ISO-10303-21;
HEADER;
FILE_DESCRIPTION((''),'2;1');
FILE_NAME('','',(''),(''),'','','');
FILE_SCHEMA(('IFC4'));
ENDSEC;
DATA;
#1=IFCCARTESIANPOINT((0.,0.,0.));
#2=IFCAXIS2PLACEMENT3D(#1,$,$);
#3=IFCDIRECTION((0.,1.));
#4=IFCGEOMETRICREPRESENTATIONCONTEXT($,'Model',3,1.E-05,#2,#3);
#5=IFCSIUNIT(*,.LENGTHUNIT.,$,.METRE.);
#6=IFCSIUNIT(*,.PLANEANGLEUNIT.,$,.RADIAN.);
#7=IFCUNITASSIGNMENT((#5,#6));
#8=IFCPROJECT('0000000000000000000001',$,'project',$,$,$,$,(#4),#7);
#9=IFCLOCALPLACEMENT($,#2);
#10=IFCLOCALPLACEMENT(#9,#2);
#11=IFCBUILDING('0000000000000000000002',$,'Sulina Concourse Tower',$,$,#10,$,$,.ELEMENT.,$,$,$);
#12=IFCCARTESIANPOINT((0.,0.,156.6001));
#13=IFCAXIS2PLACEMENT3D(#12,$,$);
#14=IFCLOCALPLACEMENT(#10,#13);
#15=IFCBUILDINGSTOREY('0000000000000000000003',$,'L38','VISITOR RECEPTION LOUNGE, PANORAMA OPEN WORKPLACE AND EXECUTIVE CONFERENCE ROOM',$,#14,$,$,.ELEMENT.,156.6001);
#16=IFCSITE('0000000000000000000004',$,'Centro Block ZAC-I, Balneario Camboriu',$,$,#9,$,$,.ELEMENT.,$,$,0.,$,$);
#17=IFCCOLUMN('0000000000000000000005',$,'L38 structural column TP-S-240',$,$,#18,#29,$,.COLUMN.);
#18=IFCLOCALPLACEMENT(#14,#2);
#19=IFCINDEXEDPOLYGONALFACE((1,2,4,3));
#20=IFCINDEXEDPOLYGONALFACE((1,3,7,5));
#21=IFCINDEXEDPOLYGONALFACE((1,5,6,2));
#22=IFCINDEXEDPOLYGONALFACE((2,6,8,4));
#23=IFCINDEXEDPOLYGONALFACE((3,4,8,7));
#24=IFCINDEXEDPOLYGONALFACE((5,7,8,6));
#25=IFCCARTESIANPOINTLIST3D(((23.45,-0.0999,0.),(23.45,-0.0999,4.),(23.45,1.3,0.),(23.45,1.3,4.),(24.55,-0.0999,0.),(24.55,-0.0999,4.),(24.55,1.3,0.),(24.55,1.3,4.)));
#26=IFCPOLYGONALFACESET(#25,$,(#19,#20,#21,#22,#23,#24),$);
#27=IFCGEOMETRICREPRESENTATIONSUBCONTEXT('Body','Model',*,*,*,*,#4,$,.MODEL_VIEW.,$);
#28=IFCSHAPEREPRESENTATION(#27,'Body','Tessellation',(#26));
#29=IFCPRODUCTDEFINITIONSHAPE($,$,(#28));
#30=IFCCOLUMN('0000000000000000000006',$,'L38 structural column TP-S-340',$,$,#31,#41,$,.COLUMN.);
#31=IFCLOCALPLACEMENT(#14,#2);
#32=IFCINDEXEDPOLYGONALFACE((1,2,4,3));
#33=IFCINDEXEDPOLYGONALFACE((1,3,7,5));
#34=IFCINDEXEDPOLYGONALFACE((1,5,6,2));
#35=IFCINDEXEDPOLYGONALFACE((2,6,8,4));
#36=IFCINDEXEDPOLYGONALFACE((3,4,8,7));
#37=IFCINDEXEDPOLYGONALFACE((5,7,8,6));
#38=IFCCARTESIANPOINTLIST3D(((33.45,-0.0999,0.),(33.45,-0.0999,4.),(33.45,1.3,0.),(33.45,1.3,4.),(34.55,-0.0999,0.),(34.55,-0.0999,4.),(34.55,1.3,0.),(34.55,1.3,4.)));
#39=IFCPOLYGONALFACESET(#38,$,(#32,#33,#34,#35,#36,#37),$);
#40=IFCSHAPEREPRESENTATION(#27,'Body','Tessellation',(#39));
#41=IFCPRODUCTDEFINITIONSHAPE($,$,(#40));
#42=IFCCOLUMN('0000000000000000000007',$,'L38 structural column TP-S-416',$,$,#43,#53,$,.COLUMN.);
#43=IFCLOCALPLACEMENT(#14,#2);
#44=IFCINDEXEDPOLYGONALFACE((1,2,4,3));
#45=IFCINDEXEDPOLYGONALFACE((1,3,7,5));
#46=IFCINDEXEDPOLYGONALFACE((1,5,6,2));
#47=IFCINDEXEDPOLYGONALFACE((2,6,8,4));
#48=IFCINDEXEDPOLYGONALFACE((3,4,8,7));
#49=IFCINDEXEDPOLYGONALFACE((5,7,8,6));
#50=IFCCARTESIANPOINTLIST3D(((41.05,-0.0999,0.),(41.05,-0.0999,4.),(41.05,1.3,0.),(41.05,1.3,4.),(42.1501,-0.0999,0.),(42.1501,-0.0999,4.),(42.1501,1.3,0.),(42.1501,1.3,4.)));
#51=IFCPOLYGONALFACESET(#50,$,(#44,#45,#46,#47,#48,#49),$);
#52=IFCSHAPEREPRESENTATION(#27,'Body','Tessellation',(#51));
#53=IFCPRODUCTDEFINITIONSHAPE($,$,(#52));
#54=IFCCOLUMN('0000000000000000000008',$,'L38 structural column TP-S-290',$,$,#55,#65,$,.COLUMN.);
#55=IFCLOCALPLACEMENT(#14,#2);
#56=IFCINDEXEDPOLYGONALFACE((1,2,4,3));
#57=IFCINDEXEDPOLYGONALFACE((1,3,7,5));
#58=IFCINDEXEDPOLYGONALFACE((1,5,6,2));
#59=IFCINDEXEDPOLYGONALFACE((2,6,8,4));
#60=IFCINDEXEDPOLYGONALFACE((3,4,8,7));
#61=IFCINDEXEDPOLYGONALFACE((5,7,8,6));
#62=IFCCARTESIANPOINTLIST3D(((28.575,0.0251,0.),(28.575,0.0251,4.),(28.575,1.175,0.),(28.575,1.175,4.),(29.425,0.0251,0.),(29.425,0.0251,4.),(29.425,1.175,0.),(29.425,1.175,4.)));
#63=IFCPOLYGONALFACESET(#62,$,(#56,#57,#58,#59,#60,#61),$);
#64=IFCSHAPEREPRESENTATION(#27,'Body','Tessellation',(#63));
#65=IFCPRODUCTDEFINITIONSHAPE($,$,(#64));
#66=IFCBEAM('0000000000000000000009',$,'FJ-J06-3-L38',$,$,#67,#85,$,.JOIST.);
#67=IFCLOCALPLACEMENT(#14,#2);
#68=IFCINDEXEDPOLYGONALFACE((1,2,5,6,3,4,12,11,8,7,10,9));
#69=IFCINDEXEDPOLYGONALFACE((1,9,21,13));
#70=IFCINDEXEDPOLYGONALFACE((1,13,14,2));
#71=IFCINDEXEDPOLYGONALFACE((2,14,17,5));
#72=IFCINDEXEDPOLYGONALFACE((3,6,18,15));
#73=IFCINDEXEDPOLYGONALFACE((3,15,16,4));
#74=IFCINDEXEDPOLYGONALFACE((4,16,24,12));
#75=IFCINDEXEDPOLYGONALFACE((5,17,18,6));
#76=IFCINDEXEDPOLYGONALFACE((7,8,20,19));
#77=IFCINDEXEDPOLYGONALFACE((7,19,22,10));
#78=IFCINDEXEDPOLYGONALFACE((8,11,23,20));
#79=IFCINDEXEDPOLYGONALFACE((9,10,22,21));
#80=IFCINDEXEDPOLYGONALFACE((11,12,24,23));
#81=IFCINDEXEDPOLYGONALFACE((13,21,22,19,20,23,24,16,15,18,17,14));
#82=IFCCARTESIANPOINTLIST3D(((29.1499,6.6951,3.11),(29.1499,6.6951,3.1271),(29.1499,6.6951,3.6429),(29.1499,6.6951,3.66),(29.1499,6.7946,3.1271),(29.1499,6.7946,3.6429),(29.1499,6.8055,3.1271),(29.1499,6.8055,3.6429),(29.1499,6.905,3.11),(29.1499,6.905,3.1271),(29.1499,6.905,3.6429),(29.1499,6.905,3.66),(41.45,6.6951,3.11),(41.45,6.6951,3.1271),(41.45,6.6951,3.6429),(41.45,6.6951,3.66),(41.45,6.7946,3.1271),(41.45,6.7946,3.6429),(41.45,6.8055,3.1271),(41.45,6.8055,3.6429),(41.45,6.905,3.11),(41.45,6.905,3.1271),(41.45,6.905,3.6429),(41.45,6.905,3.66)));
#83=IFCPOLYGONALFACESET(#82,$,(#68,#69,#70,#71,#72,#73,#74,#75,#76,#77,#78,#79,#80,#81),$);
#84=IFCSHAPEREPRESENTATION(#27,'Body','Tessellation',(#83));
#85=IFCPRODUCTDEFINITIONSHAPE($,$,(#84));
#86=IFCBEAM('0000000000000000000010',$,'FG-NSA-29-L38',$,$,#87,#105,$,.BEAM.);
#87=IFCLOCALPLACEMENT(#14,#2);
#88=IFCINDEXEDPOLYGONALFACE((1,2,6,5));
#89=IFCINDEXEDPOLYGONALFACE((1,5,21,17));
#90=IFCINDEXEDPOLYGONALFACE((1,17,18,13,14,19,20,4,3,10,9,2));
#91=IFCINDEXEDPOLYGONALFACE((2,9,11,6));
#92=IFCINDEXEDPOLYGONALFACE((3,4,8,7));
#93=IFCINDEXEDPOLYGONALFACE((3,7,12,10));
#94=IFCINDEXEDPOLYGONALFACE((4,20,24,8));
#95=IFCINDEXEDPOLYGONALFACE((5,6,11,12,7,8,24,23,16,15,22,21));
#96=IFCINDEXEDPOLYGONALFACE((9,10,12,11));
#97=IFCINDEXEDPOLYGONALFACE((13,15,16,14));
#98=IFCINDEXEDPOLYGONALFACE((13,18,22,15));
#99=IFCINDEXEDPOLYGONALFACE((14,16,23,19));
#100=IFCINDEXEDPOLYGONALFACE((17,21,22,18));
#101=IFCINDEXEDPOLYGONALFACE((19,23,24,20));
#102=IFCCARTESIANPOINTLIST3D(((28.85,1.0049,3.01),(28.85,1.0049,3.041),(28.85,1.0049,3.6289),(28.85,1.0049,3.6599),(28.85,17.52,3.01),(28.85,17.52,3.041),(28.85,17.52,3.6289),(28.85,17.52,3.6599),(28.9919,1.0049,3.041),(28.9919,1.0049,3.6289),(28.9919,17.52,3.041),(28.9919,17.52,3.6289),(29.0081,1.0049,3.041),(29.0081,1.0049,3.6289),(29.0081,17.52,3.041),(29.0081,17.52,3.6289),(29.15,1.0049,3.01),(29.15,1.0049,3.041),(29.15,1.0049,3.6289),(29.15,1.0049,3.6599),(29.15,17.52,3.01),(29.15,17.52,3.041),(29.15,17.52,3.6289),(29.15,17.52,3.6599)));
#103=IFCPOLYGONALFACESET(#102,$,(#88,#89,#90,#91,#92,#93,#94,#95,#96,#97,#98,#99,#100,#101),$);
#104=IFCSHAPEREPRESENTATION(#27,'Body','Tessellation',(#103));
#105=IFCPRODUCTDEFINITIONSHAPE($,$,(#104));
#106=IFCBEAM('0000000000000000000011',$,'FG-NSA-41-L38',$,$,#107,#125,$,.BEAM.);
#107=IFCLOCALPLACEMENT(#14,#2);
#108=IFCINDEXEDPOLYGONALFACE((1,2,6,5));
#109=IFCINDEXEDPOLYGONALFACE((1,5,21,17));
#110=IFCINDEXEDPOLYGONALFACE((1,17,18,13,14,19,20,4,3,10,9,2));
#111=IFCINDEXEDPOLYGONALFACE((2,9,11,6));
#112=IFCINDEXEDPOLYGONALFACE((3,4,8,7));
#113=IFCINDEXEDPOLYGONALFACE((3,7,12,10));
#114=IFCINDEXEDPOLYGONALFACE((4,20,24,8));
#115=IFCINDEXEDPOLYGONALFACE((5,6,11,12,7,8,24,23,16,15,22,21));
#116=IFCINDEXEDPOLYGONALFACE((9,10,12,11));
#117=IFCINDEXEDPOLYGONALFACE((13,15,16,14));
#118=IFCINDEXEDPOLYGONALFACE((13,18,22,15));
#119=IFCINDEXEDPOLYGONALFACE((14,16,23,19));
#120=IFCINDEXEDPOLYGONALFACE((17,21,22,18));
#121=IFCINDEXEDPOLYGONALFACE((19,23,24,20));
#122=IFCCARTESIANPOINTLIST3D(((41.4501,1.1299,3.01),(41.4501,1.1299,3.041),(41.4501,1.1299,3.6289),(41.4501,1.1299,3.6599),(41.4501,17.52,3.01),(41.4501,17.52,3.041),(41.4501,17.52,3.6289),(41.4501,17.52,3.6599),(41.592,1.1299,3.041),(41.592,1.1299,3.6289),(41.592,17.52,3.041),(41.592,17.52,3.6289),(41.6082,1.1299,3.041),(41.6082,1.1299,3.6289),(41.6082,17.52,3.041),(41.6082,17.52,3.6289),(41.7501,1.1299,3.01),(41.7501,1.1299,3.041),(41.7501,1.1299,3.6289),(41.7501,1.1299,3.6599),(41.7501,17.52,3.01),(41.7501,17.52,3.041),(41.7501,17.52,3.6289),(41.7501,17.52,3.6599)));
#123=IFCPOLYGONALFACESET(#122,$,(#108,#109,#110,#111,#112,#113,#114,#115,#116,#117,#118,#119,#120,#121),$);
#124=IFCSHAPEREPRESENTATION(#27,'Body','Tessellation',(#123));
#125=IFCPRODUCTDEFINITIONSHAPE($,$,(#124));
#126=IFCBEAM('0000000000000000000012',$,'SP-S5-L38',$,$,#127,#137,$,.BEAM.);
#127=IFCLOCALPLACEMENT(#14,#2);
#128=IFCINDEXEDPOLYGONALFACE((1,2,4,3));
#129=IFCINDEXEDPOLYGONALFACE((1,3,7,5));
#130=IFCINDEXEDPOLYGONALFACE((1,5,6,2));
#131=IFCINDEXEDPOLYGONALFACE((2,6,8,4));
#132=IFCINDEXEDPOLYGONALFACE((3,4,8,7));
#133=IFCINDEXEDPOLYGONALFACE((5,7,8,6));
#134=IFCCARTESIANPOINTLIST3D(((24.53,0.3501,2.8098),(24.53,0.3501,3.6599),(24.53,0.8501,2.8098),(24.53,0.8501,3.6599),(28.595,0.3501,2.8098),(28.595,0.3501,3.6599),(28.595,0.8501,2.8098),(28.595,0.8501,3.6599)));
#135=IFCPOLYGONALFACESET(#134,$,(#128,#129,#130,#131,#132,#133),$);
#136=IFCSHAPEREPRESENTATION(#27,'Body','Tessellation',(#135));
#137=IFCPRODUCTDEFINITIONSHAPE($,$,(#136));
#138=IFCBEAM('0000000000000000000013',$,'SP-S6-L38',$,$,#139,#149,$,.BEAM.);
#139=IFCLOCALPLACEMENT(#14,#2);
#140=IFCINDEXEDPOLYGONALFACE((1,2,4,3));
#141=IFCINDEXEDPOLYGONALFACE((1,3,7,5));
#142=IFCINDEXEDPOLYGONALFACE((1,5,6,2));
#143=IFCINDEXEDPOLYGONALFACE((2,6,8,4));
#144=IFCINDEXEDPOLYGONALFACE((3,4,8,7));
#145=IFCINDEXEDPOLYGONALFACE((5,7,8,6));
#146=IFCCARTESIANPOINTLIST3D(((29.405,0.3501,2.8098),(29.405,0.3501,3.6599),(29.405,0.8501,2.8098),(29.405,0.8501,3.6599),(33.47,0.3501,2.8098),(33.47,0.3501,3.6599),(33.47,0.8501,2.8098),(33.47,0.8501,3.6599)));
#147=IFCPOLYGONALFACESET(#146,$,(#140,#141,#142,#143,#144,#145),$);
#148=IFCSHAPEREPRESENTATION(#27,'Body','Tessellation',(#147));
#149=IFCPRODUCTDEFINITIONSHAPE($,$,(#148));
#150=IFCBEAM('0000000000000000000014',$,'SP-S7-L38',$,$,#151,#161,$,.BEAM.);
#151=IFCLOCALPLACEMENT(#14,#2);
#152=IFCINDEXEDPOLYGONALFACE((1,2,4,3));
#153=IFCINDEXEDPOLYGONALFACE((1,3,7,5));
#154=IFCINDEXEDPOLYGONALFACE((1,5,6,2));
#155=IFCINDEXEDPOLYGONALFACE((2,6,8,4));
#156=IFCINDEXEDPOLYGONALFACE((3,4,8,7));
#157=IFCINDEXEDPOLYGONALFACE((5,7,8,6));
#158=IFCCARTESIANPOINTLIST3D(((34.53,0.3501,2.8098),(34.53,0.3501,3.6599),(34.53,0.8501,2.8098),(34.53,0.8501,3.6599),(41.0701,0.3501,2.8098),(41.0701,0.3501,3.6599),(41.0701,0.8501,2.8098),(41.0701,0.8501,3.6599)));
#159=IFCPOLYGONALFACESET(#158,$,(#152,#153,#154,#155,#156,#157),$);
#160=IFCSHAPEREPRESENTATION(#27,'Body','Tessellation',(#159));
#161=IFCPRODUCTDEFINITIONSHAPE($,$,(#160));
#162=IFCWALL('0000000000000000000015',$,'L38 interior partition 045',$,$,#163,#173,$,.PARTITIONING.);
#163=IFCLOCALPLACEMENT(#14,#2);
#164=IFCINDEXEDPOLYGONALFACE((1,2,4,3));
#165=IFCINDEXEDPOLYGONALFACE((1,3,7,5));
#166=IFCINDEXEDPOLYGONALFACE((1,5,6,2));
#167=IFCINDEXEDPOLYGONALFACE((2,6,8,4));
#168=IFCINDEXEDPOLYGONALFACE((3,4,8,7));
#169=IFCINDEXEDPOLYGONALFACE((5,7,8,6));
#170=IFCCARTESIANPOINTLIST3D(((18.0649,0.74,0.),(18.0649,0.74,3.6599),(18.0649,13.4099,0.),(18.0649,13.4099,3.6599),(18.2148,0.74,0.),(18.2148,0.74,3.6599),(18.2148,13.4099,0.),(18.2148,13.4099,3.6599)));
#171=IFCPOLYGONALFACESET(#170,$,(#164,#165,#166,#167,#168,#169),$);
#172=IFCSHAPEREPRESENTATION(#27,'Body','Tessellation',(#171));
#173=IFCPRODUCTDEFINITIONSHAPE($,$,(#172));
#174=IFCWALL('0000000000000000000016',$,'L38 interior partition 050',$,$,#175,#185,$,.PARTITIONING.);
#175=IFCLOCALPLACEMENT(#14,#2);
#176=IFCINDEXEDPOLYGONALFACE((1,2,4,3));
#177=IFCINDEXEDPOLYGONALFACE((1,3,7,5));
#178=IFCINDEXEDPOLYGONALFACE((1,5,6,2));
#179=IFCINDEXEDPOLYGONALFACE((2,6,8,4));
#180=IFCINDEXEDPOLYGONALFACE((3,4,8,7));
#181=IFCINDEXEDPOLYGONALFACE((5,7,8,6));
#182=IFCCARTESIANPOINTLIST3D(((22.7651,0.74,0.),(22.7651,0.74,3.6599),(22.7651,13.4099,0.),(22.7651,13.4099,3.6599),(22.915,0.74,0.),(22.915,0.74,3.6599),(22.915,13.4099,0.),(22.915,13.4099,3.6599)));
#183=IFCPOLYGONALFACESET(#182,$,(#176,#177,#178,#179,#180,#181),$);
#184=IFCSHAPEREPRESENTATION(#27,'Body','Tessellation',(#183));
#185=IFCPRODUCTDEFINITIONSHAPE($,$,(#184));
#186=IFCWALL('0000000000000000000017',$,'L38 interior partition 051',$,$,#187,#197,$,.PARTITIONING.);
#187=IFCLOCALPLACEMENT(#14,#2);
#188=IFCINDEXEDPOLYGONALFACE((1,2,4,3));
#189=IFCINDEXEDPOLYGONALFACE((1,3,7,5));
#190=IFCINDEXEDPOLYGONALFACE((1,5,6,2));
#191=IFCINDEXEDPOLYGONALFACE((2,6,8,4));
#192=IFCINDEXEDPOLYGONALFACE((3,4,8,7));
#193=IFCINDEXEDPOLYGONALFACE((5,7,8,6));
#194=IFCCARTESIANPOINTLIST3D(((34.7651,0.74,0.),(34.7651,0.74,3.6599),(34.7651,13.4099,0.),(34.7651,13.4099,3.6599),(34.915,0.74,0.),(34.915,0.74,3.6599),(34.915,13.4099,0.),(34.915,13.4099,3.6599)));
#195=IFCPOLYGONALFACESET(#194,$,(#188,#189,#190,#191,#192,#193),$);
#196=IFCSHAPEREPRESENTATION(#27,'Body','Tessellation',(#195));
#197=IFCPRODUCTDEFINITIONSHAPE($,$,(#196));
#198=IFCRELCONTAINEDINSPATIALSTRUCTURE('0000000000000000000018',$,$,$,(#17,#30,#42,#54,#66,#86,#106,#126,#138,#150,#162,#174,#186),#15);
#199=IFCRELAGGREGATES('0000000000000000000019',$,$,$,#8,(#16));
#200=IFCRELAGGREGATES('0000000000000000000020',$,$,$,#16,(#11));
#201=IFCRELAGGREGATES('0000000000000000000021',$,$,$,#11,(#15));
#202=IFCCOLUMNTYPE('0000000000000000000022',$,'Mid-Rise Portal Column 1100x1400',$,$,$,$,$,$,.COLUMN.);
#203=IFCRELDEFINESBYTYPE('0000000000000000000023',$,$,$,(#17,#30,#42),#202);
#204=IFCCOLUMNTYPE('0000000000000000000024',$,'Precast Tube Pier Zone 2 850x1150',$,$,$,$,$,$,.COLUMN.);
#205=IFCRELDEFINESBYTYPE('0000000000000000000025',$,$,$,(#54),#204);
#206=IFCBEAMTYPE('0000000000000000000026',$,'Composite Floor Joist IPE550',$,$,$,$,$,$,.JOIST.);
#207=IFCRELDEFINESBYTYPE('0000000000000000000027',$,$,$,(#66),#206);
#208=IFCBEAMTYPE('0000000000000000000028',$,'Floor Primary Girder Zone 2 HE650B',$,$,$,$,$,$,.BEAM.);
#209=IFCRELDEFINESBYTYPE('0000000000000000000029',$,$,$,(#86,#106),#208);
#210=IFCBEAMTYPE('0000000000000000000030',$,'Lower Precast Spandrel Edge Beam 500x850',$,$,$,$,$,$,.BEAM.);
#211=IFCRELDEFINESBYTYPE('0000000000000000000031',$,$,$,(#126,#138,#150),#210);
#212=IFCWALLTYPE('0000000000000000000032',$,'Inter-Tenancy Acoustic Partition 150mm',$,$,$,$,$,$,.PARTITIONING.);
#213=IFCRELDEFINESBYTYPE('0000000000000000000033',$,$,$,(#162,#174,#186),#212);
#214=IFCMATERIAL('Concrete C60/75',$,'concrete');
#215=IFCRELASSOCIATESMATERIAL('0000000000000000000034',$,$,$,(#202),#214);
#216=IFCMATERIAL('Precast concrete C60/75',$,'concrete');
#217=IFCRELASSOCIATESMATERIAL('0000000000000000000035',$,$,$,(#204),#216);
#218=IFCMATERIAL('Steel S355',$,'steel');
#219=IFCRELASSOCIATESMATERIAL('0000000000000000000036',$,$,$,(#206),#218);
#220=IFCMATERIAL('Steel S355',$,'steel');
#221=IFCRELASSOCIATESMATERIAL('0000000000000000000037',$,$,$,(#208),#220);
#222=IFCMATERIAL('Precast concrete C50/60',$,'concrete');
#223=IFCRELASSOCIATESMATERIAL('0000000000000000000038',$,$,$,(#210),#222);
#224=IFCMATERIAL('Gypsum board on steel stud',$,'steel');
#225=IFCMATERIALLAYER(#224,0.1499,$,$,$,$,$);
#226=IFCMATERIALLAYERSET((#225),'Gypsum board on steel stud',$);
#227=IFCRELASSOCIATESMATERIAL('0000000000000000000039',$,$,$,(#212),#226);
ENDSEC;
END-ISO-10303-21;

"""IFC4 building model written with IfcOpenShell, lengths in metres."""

from ifc_helpers import new_model, si_unit, direction, frame, frame_2d, origin, origin_2d, place, context, subcontext, project, spatial, rectangle, i_section, extrude, material, layer, layer_set, material_profile, profile_set, type_object, element, save


model = new_model("IFC4")

# Units and contexts
model_context = context("Model", 3, precision=1e-05, world=origin(), true_north=direction((0.0, 1.0)))
body_context = subcontext(model_context, "Body", "Model", "MODEL_VIEW")
ifc_project = project(units=[si_unit("LENGTHUNIT", "METRE"), si_unit("PLANEANGLEUNIT", "RADIAN")], contexts=[model_context])

# Site, building, storey
site_placement = place(None, origin())
site = spatial("IfcSite", under=ifc_project, at=site_placement, Name="Centro Block ZAC-I, Balneario Camboriu", CompositionType="ELEMENT", RefElevation=0.0)
building_placement = place(site_placement, origin())
building = spatial("IfcBuilding", under=site, at=building_placement, Name="Sulina Concourse Tower", CompositionType="ELEMENT")
storey_placement = place(building_placement, frame((0.0, 0.0, 156.6001)))
storey = spatial("IfcBuildingStorey", under=building, at=storey_placement, Name="L38", Description="VISITOR RECEPTION LOUNGE, PANORAMA OPEN WORKPLACE AND EXECUTIVE CONFERENCE ROOM", CompositionType="ELEMENT", Elevation=156.6001)

# Columns
ifc_material_1 = material(Name="Concrete C60/75", Category="concrete")
ifc_material_profile_1 = material_profile(ifc_material_1, rectangle(XDim=1.1001, YDim=1.3999, at=origin_2d()), Name="RC 1100x1400")
ifc_profile_set_1 = profile_set([ifc_material_profile_1], Name="Concrete C60/75")
column_type_1 = type_object("IfcColumnType", Name="Mid-Rise Portal Column 1100x1400", PredefinedType="COLUMN", material=ifc_profile_set_1)
for number, where, z_axis, x_axis, name in (
    (1, (24.0, 0.6001, 0.0), (0.0, 0.0, 1.0), (1.0, 0.0, 0.0), "L38 structural column TP-S-240"),
    (2, (34.0, 0.6001, 0.0), (0.0, 0.0, 1.0), (1.0, 0.0, 0.0), "L38 structural column TP-S-340"),
    (3, (41.6001, 0.6001, 0.0), (0.0, 0.0, 1.0), (1.0, 0.0, 0.0), "L38 structural column TP-S-416"),
):
    element("IfcColumn", number, at=place(storey_placement, frame(where, z_axis=z_axis, x_axis=x_axis)), inside=storey, type_object=column_type_1, Name=name, PredefinedType="COLUMN", context=body_context, shape_type="SweptSolid", body=[
        extrude(rectangle(XDim=1.1001, YDim=1.3999, at=origin_2d()), origin(), (0.0, 0.0, 1.0), 4.0),
    ])
ifc_material_2 = material(Name="Precast concrete C60/75", Category="concrete")
ifc_material_profile_2 = material_profile(ifc_material_2, rectangle(XDim=0.8501, YDim=1.1499, at=origin_2d()), Name="PC 850x1150")
ifc_profile_set_2 = profile_set([ifc_material_profile_2], Name="Precast concrete C60/75")
column_type_2 = type_object("IfcColumnType", Name="Precast Tube Pier Zone 2 850x1150", PredefinedType="COLUMN", material=ifc_profile_set_2)
column_placement = place(storey_placement, frame((29.0, 0.6001, 0.0), z_axis=(0.0, 0.0, 1.0), x_axis=(1.0, 0.0, 0.0)))
element("IfcColumn", 4, at=column_placement, inside=storey, type_object=column_type_2, Name="L38 structural column TP-S-290", PredefinedType="COLUMN", context=body_context, shape_type="SweptSolid", body=[
    extrude(rectangle(XDim=0.8501, YDim=1.1499, at=origin_2d()), origin(), (0.0, 0.0, 1.0), 4.0),
])

# Beams
ifc_material_3 = material(Name="Steel S355", Category="steel")
ifc_material_profile_3 = material_profile(ifc_material_3, i_section(OverallWidth=0.21, OverallDepth=0.55, WebThickness=0.011, FlangeThickness=0.0171, at=origin_2d()), Name="IPE 550")
ifc_profile_set_3 = profile_set([ifc_material_profile_3], Name="Steel S355")
beam_type_1 = type_object("IfcBeamType", Name="Composite Floor Joist IPE550", PredefinedType="JOIST", material=ifc_profile_set_3)
beam_1_placement = place(storey_placement, frame((29.1499, 6.8, 3.385), z_axis=(1.0, 0.0, 0.0), x_axis=(0.0, 1.0, 0.0)))
element("IfcBeam", 5, at=beam_1_placement, inside=storey, type_object=beam_type_1, Name="FJ-J06-3-L38", PredefinedType="JOIST", context=body_context, shape_type="SweptSolid", body=[
    extrude(i_section(OverallWidth=0.21, OverallDepth=0.55, WebThickness=0.011, FlangeThickness=0.0171, at=origin_2d()), origin(), (0.0, 0.0, 1.0), 12.3),
])
ifc_material_4 = material(Name="Steel S355", Category="steel")
ifc_material_profile_4 = material_profile(ifc_material_4, i_section(OverallWidth=0.3, OverallDepth=0.6499, WebThickness=0.0161, FlangeThickness=0.031, at=origin_2d()), Name="HE 650 B")
ifc_profile_set_4 = profile_set([ifc_material_profile_4], Name="Steel S355")
beam_type_2 = type_object("IfcBeamType", Name="Floor Primary Girder Zone 2 HE650B", PredefinedType="BEAM", material=ifc_profile_set_4)
beam_2_placement = place(storey_placement, frame((29.0, 1.0049, 3.335), z_axis=(0.0, 1.0, 0.0), x_axis=(-1.0, 0.0, 0.0)))
element("IfcBeam", 6, at=beam_2_placement, inside=storey, type_object=beam_type_2, Name="FG-NSA-29-L38", PredefinedType="BEAM", context=body_context, shape_type="SweptSolid", body=[
    extrude(i_section(OverallWidth=0.3, OverallDepth=0.6499, WebThickness=0.0161, FlangeThickness=0.031, at=origin_2d()), origin(), (0.0, 0.0, 1.0), 16.5151),
])
beam_3_placement = place(storey_placement, frame((41.6001, 1.1299, 3.335), z_axis=(0.0, 1.0, 0.0), x_axis=(-1.0, 0.0, 0.0)))
element("IfcBeam", 7, at=beam_3_placement, inside=storey, type_object=beam_type_2, Name="FG-NSA-41-L38", PredefinedType="BEAM", context=body_context, shape_type="SweptSolid", body=[
    extrude(i_section(OverallWidth=0.3, OverallDepth=0.6499, WebThickness=0.0161, FlangeThickness=0.031, at=origin_2d()), origin(), (0.0, 0.0, 1.0), 16.3901),
])
ifc_material_5 = material(Name="Precast concrete C50/60", Category="concrete")
ifc_material_profile_5 = material_profile(ifc_material_5, rectangle(XDim=0.5, YDim=0.8501, at=origin_2d()), Name="RC 500x850")
ifc_profile_set_5 = profile_set([ifc_material_profile_5], Name="Precast concrete C50/60")
beam_type_3 = type_object("IfcBeamType", Name="Lower Precast Spandrel Edge Beam 500x850", PredefinedType="BEAM", material=ifc_profile_set_5)
for number, where, z_axis, x_axis, name in (
    (8, (24.53, 0.6001, 3.2349), (1.0, 0.0, 0.0), (0.0, 1.0, 0.0), "SP-S5-L38"),
    (9, (29.405, 0.6001, 3.2349), (1.0, 0.0, 0.0), (0.0, 1.0, 0.0), "SP-S6-L38"),
):
    element("IfcBeam", number, at=place(storey_placement, frame(where, z_axis=z_axis, x_axis=x_axis)), inside=storey, type_object=beam_type_3, Name=name, PredefinedType="BEAM", context=body_context, shape_type="SweptSolid", body=[
        extrude(rectangle(XDim=0.5, YDim=0.8501, at=origin_2d()), origin(), (0.0, 0.0, 1.0), 4.0649),
    ])
beam_4_placement = place(storey_placement, frame((34.53, 0.6001, 3.2349), z_axis=(1.0, 0.0, 0.0), x_axis=(0.0, 1.0, 0.0)))
element("IfcBeam", 10, at=beam_4_placement, inside=storey, type_object=beam_type_3, Name="SP-S7-L38", PredefinedType="BEAM", context=body_context, shape_type="SweptSolid", body=[
    extrude(rectangle(XDim=0.5, YDim=0.8501, at=origin_2d()), origin(), (0.0, 0.0, 1.0), 6.54),
])

# Walls
ifc_material_6 = material(Name="Gypsum board on steel stud", Category="steel")
ifc_layer_1 = layer(ifc_material_6, 0.1499)
ifc_layer_set_1 = layer_set([ifc_layer_1], Name="Gypsum board on steel stud")
wall_type_1 = type_object("IfcWallType", Name="Inter-Tenancy Acoustic Partition 150mm", PredefinedType="PARTITIONING", material=ifc_layer_set_1)
for number, where, z_axis, x_axis, name in (
    (11, (18.1399, 0.74, 0.0), (0.0, 0.0, 1.0), (0.0, 1.0, 0.0), "L38 interior partition 045"),
    (12, (22.8401, 0.74, 0.0), (0.0, 0.0, 1.0), (0.0, 1.0, 0.0), "L38 interior partition 050"),
    (13, (34.8401, 0.74, 0.0), (0.0, 0.0, 1.0), (0.0, 1.0, 0.0), "L38 interior partition 051"),
):
    element("IfcWall", number, at=place(storey_placement, frame(where, z_axis=z_axis, x_axis=x_axis)), inside=storey, type_object=wall_type_1, Name=name, PredefinedType="PARTITIONING", context=body_context, shape_type="SweptSolid", body=[
        extrude(rectangle(XDim=12.6699, YDim=0.1499, at=frame_2d((6.335, 0.0))), origin(), (0.0, 0.0, 1.0), 3.6599),
    ])

save(model, "model.ifc")
